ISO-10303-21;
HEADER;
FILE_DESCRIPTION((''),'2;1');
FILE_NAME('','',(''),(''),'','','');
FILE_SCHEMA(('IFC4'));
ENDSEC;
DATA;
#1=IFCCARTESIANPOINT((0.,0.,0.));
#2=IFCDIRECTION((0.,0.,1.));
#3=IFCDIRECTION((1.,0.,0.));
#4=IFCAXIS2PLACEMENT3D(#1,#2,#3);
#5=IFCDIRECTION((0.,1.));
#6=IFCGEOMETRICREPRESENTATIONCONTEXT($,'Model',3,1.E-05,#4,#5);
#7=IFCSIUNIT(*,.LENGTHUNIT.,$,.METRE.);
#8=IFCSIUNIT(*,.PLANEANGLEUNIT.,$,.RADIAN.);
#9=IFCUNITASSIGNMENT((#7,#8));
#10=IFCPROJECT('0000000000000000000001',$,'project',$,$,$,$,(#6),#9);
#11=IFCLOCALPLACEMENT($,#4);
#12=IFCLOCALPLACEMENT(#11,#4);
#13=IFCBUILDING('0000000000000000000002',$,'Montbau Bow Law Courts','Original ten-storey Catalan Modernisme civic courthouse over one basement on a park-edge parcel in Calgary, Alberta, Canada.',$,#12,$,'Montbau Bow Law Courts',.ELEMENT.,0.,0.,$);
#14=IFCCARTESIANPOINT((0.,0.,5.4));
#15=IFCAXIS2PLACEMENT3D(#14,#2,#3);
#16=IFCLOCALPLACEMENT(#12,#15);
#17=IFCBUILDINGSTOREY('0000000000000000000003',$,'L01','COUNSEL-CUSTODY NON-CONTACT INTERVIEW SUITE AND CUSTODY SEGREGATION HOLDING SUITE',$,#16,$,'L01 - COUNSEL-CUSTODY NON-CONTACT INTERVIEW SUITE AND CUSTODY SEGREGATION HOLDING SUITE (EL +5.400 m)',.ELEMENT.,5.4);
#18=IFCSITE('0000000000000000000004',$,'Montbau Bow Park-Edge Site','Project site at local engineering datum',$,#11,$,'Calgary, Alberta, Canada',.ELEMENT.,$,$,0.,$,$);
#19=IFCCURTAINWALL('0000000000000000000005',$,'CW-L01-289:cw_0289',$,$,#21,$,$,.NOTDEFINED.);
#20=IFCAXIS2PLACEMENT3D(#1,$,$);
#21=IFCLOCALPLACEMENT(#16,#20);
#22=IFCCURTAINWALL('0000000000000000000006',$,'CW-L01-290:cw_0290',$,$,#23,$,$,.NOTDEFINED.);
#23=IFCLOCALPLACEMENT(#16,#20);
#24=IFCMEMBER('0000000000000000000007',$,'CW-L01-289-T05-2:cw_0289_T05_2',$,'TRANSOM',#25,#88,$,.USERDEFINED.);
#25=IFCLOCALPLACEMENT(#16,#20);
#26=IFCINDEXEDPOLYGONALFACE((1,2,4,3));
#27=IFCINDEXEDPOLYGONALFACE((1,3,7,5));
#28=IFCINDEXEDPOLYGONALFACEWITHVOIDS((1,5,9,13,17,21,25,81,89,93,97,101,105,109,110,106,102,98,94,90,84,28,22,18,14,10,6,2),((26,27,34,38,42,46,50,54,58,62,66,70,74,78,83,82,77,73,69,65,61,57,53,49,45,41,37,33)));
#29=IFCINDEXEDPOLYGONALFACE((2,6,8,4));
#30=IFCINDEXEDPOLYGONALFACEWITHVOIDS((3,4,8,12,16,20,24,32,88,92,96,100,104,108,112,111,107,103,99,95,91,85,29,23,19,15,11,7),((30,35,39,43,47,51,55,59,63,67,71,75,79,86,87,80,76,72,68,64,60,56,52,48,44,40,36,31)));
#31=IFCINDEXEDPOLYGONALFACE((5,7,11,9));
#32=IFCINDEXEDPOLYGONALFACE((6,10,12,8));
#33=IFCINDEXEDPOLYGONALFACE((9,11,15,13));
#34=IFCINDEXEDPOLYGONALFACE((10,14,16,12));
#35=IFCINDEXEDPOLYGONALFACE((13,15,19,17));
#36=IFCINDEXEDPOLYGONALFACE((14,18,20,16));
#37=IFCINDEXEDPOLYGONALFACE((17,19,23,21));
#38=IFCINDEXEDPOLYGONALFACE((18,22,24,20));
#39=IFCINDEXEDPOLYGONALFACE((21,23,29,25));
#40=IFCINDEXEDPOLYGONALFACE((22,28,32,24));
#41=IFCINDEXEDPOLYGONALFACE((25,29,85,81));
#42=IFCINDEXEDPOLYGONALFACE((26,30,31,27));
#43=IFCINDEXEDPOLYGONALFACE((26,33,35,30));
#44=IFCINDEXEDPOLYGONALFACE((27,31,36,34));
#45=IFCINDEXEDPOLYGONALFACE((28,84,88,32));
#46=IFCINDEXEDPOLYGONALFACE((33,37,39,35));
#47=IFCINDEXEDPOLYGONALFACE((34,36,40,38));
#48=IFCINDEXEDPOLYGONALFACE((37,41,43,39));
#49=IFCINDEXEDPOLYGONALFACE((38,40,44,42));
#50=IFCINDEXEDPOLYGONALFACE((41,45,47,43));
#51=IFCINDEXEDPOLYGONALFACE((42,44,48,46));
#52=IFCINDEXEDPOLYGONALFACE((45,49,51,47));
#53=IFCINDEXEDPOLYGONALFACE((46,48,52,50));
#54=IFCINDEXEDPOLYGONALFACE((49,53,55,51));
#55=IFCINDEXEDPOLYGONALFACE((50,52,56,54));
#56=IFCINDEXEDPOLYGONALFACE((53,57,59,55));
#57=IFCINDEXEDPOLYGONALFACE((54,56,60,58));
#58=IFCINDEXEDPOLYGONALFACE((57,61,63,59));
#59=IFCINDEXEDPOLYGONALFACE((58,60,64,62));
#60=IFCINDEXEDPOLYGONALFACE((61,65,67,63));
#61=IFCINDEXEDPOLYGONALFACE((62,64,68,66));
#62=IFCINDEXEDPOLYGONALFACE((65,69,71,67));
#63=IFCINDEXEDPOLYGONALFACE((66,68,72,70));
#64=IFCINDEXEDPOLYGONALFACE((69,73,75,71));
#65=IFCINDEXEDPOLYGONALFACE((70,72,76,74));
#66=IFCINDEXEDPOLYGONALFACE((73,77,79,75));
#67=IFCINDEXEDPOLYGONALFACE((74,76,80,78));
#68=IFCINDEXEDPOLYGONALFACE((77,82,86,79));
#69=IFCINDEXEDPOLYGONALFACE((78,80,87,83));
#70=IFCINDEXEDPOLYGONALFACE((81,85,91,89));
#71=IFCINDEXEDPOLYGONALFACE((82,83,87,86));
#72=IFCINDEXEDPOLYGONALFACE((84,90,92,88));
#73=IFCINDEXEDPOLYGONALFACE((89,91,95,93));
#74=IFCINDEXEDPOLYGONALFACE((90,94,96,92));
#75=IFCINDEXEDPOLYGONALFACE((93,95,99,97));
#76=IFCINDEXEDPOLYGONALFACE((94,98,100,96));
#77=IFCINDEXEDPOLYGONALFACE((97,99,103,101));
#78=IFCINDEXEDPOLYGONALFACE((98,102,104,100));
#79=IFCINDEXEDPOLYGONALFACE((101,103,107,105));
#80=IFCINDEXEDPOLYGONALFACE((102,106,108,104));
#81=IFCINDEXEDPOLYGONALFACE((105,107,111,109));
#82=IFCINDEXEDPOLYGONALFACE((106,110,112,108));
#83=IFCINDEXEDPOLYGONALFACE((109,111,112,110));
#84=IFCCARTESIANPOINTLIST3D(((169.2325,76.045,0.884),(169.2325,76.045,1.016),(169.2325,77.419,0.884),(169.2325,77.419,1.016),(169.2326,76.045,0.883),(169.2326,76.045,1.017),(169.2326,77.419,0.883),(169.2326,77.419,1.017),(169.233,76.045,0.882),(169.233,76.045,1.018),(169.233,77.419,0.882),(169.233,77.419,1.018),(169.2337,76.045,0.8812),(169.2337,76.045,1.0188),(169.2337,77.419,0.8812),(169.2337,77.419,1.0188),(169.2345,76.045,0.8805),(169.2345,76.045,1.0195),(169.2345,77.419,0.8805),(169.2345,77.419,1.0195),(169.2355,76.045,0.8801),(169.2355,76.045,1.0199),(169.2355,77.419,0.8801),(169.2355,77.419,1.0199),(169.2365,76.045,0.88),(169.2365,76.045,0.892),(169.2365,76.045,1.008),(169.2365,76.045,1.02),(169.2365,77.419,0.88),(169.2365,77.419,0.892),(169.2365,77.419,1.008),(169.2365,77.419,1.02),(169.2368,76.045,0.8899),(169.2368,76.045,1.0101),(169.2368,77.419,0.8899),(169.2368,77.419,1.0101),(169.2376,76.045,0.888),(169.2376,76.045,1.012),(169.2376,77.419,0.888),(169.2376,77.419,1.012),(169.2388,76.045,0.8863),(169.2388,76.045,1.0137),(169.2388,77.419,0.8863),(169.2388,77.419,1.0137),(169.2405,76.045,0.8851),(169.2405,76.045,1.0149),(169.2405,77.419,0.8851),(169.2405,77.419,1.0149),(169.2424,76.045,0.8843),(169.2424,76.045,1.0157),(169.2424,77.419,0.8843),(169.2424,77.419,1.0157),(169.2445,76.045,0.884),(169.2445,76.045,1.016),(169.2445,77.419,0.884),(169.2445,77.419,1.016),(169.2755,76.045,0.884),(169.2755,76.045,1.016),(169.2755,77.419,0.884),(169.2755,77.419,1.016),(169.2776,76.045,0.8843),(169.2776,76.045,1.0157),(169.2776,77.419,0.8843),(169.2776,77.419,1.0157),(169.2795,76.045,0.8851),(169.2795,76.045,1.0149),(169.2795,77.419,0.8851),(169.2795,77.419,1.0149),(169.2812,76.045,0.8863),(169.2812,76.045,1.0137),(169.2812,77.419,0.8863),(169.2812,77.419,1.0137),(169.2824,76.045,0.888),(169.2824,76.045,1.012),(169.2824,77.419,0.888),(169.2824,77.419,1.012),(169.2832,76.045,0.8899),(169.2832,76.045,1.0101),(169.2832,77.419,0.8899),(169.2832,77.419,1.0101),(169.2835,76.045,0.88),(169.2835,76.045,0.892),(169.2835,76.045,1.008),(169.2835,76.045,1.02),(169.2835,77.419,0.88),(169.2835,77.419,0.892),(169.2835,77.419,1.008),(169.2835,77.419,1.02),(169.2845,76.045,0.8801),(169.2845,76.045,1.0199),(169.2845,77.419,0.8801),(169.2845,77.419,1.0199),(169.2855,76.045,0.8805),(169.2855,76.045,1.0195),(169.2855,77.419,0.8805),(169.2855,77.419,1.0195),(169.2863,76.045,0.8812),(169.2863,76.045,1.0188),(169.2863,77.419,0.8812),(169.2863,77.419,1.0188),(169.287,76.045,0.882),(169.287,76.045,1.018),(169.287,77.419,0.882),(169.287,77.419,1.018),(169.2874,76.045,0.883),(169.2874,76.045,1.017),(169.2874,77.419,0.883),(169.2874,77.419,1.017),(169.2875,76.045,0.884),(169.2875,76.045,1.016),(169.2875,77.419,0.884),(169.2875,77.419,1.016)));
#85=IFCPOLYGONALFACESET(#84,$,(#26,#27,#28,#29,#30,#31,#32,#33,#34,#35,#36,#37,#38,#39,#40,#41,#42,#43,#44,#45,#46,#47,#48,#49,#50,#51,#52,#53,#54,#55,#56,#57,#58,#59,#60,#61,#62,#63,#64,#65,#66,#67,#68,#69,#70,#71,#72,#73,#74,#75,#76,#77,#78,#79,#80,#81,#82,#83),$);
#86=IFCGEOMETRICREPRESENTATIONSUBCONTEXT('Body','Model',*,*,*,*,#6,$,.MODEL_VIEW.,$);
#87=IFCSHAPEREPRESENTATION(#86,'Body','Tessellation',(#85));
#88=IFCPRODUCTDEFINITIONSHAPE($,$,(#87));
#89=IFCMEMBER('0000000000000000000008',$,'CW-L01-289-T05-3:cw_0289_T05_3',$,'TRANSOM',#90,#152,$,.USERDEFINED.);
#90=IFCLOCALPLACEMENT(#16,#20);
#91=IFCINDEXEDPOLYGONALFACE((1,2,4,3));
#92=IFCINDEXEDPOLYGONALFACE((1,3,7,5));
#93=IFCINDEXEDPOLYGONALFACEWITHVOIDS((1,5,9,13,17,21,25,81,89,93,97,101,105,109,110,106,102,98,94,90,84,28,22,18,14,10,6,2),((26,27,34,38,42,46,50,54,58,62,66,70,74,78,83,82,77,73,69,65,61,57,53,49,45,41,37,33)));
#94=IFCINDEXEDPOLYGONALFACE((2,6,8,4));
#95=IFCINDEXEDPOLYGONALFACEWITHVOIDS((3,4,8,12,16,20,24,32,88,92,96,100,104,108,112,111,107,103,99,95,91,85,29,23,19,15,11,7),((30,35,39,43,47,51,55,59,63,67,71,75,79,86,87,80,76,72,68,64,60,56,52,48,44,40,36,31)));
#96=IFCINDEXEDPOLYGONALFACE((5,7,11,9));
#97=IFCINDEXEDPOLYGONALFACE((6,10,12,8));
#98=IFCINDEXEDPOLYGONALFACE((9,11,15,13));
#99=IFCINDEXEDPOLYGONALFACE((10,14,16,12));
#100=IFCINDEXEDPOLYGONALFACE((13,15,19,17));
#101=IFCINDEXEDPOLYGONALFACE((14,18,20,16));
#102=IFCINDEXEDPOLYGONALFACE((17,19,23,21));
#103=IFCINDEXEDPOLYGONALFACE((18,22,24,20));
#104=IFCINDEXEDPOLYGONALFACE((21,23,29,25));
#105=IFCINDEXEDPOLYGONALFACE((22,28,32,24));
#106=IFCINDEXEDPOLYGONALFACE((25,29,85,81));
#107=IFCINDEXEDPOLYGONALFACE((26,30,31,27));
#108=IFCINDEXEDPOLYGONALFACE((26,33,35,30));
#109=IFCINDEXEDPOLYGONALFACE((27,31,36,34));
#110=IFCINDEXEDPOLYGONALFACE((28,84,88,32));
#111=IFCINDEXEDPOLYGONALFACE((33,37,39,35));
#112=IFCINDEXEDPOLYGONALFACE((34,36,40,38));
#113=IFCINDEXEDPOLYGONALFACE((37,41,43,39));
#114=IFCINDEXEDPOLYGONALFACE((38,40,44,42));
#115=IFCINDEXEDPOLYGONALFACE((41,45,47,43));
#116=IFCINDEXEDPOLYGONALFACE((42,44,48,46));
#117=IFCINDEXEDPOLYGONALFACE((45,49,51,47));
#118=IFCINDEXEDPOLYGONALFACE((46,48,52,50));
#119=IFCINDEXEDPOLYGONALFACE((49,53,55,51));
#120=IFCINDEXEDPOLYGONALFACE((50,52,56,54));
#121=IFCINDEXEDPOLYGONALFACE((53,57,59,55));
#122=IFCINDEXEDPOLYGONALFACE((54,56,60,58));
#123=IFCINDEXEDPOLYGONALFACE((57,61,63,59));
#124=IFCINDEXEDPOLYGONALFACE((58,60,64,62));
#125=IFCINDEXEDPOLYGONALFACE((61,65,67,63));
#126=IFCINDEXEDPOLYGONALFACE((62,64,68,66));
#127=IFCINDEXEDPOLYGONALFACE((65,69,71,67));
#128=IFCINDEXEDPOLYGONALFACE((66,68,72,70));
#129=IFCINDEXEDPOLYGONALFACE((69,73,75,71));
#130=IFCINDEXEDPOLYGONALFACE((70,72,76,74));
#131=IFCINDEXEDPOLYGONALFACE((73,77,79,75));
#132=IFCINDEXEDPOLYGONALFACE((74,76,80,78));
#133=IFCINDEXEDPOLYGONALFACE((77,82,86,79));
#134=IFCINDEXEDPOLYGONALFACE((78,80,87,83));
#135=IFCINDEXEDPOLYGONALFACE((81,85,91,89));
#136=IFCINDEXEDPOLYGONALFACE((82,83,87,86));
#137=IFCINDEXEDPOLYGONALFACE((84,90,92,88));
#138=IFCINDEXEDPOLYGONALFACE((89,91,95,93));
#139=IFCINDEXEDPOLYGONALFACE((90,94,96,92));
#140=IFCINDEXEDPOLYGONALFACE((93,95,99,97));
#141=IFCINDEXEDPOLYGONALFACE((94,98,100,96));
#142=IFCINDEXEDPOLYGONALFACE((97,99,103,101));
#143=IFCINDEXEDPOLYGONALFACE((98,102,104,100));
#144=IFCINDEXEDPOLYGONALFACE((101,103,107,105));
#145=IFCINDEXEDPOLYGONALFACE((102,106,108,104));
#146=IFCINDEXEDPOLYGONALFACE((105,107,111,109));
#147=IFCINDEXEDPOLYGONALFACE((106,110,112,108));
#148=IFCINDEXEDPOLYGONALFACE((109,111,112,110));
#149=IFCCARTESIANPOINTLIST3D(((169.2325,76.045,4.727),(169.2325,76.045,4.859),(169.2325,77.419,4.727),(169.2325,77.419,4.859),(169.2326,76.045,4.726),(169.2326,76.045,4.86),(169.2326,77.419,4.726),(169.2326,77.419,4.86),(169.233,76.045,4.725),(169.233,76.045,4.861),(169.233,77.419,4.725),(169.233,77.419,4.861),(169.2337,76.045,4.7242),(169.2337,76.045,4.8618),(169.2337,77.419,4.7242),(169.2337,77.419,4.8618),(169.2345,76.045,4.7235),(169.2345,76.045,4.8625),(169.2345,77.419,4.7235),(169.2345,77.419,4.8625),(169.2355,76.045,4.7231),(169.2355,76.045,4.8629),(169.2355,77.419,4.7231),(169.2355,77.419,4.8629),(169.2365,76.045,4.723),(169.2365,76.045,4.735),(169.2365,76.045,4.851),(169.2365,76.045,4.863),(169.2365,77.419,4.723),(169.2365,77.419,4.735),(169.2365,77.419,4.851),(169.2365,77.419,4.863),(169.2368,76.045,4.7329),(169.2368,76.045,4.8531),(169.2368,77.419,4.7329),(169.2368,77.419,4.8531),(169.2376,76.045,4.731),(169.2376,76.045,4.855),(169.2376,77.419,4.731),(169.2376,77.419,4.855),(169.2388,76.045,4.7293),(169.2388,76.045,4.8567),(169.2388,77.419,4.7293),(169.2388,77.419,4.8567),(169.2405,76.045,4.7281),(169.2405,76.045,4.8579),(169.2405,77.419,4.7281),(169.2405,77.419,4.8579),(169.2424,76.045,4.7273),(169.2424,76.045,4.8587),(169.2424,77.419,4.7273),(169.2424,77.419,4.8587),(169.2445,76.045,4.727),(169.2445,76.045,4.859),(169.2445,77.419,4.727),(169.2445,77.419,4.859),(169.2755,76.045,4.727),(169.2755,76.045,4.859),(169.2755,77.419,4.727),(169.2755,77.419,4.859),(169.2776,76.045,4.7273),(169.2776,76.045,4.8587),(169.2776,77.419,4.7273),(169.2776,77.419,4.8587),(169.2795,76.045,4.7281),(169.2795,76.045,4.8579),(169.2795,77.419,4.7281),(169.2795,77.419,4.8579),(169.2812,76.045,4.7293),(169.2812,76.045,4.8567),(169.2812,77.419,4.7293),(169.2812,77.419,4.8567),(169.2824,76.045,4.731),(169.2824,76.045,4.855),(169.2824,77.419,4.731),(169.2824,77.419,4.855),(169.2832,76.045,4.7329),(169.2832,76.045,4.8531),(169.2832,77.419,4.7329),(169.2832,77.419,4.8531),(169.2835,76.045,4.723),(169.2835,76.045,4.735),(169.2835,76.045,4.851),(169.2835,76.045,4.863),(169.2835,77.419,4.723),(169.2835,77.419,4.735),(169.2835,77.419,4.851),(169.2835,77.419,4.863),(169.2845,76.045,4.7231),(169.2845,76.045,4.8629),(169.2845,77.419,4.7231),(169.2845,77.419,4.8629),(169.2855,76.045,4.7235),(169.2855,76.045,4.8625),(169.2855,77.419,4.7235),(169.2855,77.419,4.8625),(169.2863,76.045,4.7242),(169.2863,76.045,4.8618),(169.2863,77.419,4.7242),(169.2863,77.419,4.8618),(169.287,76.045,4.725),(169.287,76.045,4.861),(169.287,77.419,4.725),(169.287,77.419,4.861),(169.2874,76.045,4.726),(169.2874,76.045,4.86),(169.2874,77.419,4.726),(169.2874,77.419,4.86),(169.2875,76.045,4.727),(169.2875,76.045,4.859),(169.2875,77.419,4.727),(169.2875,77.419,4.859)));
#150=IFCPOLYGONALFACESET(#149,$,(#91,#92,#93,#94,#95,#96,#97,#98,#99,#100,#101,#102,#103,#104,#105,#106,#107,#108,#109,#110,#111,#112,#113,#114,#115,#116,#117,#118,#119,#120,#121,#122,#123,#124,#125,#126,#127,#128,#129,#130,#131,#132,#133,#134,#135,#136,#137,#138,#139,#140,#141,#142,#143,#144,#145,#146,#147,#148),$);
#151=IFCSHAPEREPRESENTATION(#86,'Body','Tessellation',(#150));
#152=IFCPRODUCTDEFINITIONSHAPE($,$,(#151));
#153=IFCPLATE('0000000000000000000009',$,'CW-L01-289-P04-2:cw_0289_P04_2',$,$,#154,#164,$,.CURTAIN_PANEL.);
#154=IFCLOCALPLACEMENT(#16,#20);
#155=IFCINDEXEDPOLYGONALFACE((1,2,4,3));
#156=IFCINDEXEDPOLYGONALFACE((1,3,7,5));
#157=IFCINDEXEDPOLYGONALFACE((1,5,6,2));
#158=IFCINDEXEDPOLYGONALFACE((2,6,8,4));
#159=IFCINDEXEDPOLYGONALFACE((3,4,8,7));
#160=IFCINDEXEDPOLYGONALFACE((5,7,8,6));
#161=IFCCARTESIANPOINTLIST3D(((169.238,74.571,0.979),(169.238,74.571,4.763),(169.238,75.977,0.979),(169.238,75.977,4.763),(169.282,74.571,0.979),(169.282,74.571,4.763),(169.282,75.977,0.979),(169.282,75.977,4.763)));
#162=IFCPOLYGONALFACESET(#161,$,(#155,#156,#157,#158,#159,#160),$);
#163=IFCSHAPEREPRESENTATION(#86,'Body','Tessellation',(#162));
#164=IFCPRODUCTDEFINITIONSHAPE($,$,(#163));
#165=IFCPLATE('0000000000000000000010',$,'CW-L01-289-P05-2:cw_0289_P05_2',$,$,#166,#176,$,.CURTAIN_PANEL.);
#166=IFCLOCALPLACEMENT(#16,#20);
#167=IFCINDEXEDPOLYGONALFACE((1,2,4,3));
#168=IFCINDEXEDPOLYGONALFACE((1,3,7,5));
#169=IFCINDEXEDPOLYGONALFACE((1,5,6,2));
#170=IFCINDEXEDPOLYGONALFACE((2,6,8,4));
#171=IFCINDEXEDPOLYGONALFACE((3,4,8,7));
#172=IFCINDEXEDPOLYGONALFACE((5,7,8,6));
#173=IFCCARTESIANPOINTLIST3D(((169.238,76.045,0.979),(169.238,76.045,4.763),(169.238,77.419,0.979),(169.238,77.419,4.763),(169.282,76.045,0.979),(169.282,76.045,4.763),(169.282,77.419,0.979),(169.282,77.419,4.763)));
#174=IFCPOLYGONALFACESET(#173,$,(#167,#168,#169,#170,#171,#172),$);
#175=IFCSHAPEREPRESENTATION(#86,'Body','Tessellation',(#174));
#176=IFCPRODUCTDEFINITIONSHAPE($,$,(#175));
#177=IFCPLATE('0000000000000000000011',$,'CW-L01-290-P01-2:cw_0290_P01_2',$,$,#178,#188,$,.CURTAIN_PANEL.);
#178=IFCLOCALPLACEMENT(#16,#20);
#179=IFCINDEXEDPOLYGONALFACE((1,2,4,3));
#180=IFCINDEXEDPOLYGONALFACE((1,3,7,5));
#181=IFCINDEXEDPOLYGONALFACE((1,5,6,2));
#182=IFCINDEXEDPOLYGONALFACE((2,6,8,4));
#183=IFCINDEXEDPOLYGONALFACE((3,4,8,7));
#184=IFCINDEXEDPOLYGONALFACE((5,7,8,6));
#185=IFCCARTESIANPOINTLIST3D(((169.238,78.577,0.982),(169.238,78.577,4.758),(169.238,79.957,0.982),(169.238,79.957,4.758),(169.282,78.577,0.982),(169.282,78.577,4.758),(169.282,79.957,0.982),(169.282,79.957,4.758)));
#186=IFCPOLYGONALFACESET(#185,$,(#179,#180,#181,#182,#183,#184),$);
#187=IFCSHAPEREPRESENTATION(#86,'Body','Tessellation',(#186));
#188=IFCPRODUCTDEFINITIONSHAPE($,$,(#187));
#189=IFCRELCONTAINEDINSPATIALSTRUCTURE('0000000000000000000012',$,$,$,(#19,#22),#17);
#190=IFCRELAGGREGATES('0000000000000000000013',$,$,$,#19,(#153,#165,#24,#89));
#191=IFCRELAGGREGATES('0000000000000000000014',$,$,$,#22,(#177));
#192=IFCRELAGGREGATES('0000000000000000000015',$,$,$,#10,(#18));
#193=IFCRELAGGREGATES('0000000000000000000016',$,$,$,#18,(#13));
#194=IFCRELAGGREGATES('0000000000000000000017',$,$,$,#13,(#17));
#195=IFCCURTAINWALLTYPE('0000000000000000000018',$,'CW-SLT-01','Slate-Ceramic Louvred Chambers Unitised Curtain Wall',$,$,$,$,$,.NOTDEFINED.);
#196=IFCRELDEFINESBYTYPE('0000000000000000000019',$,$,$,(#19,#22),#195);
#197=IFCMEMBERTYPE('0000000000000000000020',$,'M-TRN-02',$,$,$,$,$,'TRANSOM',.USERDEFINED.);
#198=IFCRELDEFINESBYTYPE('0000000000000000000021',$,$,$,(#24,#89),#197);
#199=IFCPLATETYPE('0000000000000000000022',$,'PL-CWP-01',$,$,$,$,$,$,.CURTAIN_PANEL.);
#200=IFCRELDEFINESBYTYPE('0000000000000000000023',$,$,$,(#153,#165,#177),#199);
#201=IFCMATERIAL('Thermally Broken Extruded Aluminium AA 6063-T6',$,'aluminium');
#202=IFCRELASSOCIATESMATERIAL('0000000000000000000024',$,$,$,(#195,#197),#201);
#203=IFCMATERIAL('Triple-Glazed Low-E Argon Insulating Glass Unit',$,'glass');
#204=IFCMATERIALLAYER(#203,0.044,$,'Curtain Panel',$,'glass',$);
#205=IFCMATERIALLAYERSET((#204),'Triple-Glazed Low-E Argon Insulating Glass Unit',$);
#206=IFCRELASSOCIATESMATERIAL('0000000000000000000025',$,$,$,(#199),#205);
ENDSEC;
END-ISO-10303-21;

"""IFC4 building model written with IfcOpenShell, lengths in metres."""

from ifc_helpers import new_model, si_unit, direction, frame, frame_2d, origin_with_axes, origin_2d_with_axis, place, context, subcontext, project, spatial, rectangle, hollow_rectangle, extrude, material, layer, layer_set, material_profile, profile_set, type_object, element, aggregate, save


model = new_model("IFC4")

# Units and contexts
model_context = context("Model", 3, precision=1e-05, world=origin_with_axes(), true_north=direction((0.0, 1.0)))
body_context = subcontext(model_context, "Body", "Model", "MODEL_VIEW")
ifc_project = project(units=[si_unit("LENGTHUNIT", "METRE"), si_unit("PLANEANGLEUNIT", "RADIAN")], contexts=[model_context])

# Site, building, storey
site_placement = place(None, origin_with_axes())
site = spatial("IfcSite", under=ifc_project, at=site_placement, Name="Montbau Bow Park-Edge Site", Description="Project site at local engineering datum", LongName="Calgary, Alberta, Canada", CompositionType="ELEMENT", RefElevation=0.0)
building_placement = place(site_placement, origin_with_axes())
building = spatial("IfcBuilding", under=site, at=building_placement, Name="Montbau Bow Law Courts", Description="Original ten-storey Catalan Modernisme civic courthouse over one basement on a park-edge parcel in Calgary, Alberta, Canada.", LongName="Montbau Bow Law Courts", CompositionType="ELEMENT", ElevationOfRefHeight=0.0, ElevationOfTerrain=0.0)
storey_placement = place(building_placement, frame((0.0, 0.0, 5.4), z_axis=(0.0, 0.0, 1.0), x_axis=(1.0, 0.0, 0.0)))
storey = spatial("IfcBuildingStorey", under=building, at=storey_placement, Name="L01", Description="COUNSEL-CUSTODY NON-CONTACT INTERVIEW SUITE AND CUSTODY SEGREGATION HOLDING SUITE", LongName="L01 - COUNSEL-CUSTODY NON-CONTACT INTERVIEW SUITE AND CUSTODY SEGREGATION HOLDING SUITE (EL +5.400 m)", CompositionType="ELEMENT", Elevation=5.4)

# Curtain walls
ifc_material_1 = material(Name="Thermally Broken Extruded Aluminium AA 6063-T6", Category="aluminium")
curtain_wall_type = type_object("IfcCurtainWallType", Name="CW-SLT-01", Description="Slate-Ceramic Louvred Chambers Unitised Curtain Wall", PredefinedType="NOTDEFINED", material=ifc_material_1)
curtain_wall_1_placement = place(None, frame((169.26, 70.115, 5.4), z_axis=(0.0, 0.0, 1.0), x_axis=(1.0, 0.0, 0.0)))
curtain_wall_1 = element("IfcCurtainWall", 1, at=curtain_wall_1_placement, inside=storey, type_object=curtain_wall_type, Name="CW-L01-289:cw_0289", PredefinedType="NOTDEFINED")
curtain_wall_2_placement = place(None, frame((169.26, 78.515, 5.4), z_axis=(0.0, 0.0, 1.0), x_axis=(1.0, 0.0, 0.0)))
curtain_wall_2 = element("IfcCurtainWall", 2, at=curtain_wall_2_placement, inside=storey, type_object=curtain_wall_type, Name="CW-L01-290:cw_0290", PredefinedType="NOTDEFINED")

# Members
ifc_material_profile_1 = material_profile(ifc_material_1, hollow_rectangle(XDim=0.055, YDim=0.14, WallThickness=0.004, InnerFilletRadius=0.008, OuterFilletRadius=0.004, at=origin_2d_with_axis()), Name="CWT-140X55", Category="Main", Priority=0)
ifc_profile_set_1 = profile_set([ifc_material_profile_1], Name="Thermally Broken Extruded Aluminium AA 6063-T6")
member_type_1 = type_object("IfcMemberType", Name="M-TRN-02", ElementType="TRANSOM", PredefinedType="USERDEFINED", material=ifc_profile_set_1)
member_1_placement = place(None, frame((169.26, 76.045, 6.35), z_axis=(0.0, 1.0, 0.0), x_axis=(-1.0, 0.0, 0.0)))
member_1 = element("IfcMember", 3, at=member_1_placement, type_object=member_type_1, Name="CW-L01-289-T05-2:cw_0289_T05_2", ObjectType="TRANSOM", PredefinedType="USERDEFINED", context=body_context, shape_type="SweptSolid", body=[
    extrude(hollow_rectangle(XDim=0.055, YDim=0.14, WallThickness=0.004, InnerFilletRadius=0.008, OuterFilletRadius=0.004, at=origin_2d_with_axis()), origin_with_axes(), (0.0, 0.0, 1.0), 1.374),
])
member_2_placement = place(None, frame((169.26, 76.045, 10.193), z_axis=(0.0, 1.0, 0.0), x_axis=(-1.0, 0.0, 0.0)))
member_2 = element("IfcMember", 4, at=member_2_placement, type_object=member_type_1, Name="CW-L01-289-T05-3:cw_0289_T05_3", ObjectType="TRANSOM", PredefinedType="USERDEFINED", context=body_context, shape_type="SweptSolid", body=[
    extrude(hollow_rectangle(XDim=0.055, YDim=0.14, WallThickness=0.004, InnerFilletRadius=0.008, OuterFilletRadius=0.004, at=origin_2d_with_axis()), origin_with_axes(), (0.0, 0.0, 1.0), 1.374),
])

# Plates
ifc_material_2 = material(Name="Triple-Glazed Low-E Argon Insulating Glass Unit", Category="glass")
ifc_layer_1 = layer(ifc_material_2, 0.044, Name="Curtain Panel", Category="glass")
ifc_layer_set_1 = layer_set([ifc_layer_1], Name="Triple-Glazed Low-E Argon Insulating Glass Unit")
plate_type_1 = type_object("IfcPlateType", Name="PL-CWP-01", PredefinedType="CURTAIN_PANEL", material=ifc_layer_set_1)
plate_1_placement = place(None, frame((169.26, 74.571, 6.379), z_axis=(1.0, 0.0, 0.0), x_axis=(0.0, 1.0, 0.0)))
plate_1 = element("IfcPlate", 5, at=plate_1_placement, type_object=plate_type_1, Name="CW-L01-289-P04-2:cw_0289_P04_2", PredefinedType="CURTAIN_PANEL", context=body_context, shape_type="SweptSolid", body=[
    extrude(rectangle(XDim=1.406, YDim=3.784, at=frame_2d((0.703, 1.892), x_axis=(1.0, 0.0))), frame((0.0, 0.0, -0.022), z_axis=(0.0, 0.0, 1.0), x_axis=(1.0, 0.0, 0.0)), (0.0, 0.0, 1.0), 0.044),
])
plate_2_placement = place(None, frame((169.26, 76.045, 6.379), z_axis=(1.0, 0.0, 0.0), x_axis=(0.0, 1.0, 0.0)))
plate_2 = element("IfcPlate", 6, at=plate_2_placement, type_object=plate_type_1, Name="CW-L01-289-P05-2:cw_0289_P05_2", PredefinedType="CURTAIN_PANEL", context=body_context, shape_type="SweptSolid", body=[
    extrude(rectangle(XDim=1.374, YDim=3.784, at=frame_2d((0.687, 1.892), x_axis=(1.0, 0.0))), frame((0.0, 0.0, -0.022), z_axis=(0.0, 0.0, 1.0), x_axis=(1.0, 0.0, 0.0)), (0.0, 0.0, 1.0), 0.044),
])
plate_3_placement = place(None, frame((169.26, 78.577, 6.382), z_axis=(1.0, 0.0, 0.0), x_axis=(0.0, 1.0, 0.0)))
plate_3 = element("IfcPlate", 7, at=plate_3_placement, type_object=plate_type_1, Name="CW-L01-290-P01-2:cw_0290_P01_2", PredefinedType="CURTAIN_PANEL", context=body_context, shape_type="SweptSolid", body=[
    extrude(rectangle(XDim=1.38, YDim=3.776, at=frame_2d((0.69, 1.888), x_axis=(1.0, 0.0))), frame((0.0, 0.0, -0.022), z_axis=(0.0, 0.0, 1.0), x_axis=(1.0, 0.0, 0.0)), (0.0, 0.0, 1.0), 0.044),
])
aggregate(curtain_wall_1, [plate_1, plate_2, member_1, member_2])
aggregate(curtain_wall_2, [plate_3])

save(model, "model.ifc")
